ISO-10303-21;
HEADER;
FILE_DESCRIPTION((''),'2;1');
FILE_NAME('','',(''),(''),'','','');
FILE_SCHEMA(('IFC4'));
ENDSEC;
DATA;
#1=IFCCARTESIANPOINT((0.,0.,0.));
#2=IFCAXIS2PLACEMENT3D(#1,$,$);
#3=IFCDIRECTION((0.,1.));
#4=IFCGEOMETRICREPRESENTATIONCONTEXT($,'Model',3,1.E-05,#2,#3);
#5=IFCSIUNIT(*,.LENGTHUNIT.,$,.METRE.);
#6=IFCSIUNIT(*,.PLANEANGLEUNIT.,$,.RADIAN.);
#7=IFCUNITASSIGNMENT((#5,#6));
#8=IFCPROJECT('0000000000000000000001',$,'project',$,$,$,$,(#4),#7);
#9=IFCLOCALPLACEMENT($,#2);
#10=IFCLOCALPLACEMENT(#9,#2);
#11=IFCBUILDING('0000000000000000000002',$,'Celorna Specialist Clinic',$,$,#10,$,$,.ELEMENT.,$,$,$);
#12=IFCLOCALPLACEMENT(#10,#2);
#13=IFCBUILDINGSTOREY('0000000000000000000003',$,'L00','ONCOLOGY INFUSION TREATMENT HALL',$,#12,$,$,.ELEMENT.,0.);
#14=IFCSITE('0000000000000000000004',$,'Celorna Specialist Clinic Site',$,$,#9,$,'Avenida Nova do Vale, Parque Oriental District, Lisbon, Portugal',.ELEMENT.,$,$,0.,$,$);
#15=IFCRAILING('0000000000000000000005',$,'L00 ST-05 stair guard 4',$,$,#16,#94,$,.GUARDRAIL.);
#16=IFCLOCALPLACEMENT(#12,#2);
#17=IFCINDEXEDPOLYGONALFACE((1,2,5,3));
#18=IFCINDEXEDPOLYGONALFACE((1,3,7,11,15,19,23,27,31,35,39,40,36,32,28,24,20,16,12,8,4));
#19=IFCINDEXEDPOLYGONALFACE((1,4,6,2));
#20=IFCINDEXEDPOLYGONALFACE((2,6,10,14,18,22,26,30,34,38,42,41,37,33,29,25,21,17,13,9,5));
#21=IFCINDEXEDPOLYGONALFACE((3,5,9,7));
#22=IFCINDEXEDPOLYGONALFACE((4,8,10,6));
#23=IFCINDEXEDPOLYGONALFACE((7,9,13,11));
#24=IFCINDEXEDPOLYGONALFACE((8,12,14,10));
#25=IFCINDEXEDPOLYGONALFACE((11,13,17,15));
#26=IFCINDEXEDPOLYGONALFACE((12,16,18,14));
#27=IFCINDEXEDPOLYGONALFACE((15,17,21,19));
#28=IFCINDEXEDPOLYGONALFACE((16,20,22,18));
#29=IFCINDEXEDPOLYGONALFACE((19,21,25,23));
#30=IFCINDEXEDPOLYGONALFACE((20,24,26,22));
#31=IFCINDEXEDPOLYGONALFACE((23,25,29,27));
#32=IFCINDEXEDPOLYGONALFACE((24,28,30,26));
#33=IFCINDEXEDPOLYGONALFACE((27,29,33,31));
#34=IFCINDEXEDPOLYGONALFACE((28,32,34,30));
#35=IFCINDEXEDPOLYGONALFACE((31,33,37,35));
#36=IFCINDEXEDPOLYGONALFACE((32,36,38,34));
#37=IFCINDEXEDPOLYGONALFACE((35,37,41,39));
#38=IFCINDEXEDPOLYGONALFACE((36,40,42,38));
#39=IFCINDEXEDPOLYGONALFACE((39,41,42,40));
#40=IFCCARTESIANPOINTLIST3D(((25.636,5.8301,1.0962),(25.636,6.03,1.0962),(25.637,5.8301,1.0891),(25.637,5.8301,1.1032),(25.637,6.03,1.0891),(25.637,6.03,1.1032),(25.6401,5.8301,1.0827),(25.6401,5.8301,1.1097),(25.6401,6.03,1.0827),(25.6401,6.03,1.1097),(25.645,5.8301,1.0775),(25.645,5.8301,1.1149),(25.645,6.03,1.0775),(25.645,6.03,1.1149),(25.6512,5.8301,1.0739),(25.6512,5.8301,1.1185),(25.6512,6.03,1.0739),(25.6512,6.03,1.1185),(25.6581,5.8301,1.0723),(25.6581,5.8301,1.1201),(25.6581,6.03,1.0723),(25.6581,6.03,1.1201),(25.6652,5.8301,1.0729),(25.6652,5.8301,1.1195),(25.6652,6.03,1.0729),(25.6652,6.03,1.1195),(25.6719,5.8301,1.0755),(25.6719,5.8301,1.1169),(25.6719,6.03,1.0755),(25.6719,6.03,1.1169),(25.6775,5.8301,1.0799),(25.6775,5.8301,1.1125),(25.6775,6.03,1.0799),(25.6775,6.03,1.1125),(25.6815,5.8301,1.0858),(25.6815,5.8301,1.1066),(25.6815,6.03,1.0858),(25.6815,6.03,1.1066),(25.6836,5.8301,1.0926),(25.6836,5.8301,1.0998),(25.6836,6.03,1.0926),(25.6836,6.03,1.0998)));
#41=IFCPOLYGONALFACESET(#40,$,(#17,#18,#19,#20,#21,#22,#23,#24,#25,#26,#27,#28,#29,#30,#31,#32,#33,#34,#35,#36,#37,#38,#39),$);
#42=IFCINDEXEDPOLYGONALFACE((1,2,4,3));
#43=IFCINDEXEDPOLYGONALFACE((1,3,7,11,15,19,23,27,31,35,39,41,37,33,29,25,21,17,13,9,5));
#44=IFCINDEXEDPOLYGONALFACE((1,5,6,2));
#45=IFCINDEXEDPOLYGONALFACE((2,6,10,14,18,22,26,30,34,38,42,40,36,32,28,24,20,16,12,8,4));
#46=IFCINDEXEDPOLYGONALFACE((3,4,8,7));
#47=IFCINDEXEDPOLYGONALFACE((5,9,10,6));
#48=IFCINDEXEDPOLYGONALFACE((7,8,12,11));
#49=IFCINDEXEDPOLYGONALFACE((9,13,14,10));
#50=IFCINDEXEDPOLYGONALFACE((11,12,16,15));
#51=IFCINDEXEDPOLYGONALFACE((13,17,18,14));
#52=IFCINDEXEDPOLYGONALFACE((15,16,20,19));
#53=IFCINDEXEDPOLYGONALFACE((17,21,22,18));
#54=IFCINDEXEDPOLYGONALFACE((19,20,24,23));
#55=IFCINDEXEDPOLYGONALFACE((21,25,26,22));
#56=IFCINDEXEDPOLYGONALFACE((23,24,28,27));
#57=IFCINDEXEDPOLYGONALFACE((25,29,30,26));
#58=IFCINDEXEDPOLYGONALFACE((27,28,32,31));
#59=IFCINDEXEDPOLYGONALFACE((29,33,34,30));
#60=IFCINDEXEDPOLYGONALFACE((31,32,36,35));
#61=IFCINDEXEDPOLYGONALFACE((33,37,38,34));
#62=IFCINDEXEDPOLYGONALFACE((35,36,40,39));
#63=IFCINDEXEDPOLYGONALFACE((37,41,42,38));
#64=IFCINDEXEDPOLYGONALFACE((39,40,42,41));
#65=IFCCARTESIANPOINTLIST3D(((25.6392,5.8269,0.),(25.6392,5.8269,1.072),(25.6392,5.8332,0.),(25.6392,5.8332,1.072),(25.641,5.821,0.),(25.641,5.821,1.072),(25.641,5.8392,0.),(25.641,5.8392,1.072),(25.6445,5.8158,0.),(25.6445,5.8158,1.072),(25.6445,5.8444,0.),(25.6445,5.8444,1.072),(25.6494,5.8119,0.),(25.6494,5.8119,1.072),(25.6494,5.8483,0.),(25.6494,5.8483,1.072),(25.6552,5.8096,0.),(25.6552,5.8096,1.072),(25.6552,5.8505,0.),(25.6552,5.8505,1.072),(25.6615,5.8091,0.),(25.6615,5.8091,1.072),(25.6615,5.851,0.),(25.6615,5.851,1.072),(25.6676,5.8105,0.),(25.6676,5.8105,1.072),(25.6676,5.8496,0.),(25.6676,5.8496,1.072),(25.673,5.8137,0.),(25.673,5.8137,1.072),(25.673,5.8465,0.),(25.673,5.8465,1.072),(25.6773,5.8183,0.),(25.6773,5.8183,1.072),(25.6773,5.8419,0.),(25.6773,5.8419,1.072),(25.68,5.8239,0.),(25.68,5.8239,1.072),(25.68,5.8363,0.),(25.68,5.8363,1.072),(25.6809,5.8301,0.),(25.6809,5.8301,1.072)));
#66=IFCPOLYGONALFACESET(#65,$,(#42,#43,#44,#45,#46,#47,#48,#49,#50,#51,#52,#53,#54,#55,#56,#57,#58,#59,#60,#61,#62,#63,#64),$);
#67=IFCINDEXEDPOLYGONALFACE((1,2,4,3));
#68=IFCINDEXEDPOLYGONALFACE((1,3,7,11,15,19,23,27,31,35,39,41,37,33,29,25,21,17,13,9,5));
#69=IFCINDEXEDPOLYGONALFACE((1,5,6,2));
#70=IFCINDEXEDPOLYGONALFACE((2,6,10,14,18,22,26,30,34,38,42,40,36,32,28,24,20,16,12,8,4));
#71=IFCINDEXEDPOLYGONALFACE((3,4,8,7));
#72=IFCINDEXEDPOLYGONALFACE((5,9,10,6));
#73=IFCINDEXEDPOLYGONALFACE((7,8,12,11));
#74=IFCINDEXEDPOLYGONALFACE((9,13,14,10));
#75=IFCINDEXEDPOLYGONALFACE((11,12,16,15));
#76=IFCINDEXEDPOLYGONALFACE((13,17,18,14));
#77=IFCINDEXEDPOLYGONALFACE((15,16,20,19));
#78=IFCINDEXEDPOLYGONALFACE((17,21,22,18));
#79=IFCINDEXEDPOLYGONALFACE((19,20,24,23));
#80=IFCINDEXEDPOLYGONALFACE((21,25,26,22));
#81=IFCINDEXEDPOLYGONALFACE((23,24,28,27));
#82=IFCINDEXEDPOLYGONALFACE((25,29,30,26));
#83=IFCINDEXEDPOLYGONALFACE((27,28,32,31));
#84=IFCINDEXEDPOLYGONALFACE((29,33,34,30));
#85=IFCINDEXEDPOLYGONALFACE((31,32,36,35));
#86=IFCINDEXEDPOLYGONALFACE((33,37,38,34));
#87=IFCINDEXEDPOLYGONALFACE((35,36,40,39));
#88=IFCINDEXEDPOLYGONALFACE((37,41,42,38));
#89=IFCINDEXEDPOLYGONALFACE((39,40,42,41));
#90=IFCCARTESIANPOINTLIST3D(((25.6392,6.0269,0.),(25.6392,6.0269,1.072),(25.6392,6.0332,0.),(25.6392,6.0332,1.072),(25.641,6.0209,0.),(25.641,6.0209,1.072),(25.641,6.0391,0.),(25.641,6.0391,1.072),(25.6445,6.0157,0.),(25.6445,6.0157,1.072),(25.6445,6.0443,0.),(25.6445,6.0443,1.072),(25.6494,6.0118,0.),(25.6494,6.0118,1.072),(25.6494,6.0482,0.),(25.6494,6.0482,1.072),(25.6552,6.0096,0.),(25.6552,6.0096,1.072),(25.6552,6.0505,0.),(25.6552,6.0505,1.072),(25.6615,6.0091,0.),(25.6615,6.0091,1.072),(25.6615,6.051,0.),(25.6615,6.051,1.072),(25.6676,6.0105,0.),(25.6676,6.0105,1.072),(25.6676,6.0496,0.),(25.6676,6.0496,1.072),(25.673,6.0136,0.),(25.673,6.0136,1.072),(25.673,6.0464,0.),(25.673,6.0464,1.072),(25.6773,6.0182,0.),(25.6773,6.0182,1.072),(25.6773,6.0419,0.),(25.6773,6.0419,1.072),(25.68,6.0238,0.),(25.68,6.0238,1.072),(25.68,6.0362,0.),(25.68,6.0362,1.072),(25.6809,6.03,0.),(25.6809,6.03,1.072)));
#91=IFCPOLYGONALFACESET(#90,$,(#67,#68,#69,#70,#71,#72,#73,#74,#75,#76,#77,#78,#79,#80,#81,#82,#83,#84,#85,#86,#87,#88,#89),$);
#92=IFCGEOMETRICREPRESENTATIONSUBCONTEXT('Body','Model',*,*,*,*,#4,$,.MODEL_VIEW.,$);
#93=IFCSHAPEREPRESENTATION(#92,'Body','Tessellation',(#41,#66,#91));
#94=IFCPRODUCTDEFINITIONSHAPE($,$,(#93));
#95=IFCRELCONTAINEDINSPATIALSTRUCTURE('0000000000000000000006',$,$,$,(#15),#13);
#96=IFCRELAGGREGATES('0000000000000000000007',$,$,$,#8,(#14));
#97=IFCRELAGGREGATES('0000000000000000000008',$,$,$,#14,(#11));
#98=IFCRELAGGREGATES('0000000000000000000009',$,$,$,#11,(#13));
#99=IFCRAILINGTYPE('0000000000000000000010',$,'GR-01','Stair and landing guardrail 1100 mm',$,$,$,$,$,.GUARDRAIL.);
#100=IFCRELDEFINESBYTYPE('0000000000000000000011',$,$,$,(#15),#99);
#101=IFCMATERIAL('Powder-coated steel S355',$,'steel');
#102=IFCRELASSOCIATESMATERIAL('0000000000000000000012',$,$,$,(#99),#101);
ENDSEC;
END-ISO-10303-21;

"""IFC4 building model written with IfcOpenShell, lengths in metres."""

from ifc_helpers import new_model, si_unit, direction, frame, origin, origin_2d, place, context, subcontext, project, spatial, circle, extrude, material, type_object, element, save


model = new_model("IFC4")

# Units and contexts
model_context = context("Model", 3, precision=1e-05, world=origin(), true_north=direction((0.0, 1.0)))
body_context = subcontext(model_context, "Body", "Model", "MODEL_VIEW")
ifc_project = project(units=[si_unit("LENGTHUNIT", "METRE"), si_unit("PLANEANGLEUNIT", "RADIAN")], contexts=[model_context])

# Site, building, storey
site_placement = place(None, origin())
site = spatial("IfcSite", under=ifc_project, at=site_placement, Name="Celorna Specialist Clinic Site", LongName="Avenida Nova do Vale, Parque Oriental District, Lisbon, Portugal", CompositionType="ELEMENT", RefElevation=0.0)
building_placement = place(site_placement, origin())
building = spatial("IfcBuilding", under=site, at=building_placement, Name="Celorna Specialist Clinic", CompositionType="ELEMENT")
storey_placement = place(building_placement, origin())
storey = spatial("IfcBuildingStorey", under=building, at=storey_placement, Name="L00", Description="ONCOLOGY INFUSION TREATMENT HALL", CompositionType="ELEMENT", Elevation=0.0)

# Railing
ifc_material_1 = material(Name="Powder-coated steel S355", Category="steel")
railing_type_1 = type_object("IfcRailingType", Name="GR-01", Description="Stair and landing guardrail 1100 mm", PredefinedType="GUARDRAIL", material=ifc_material_1)
railing_1_placement = place(storey_placement, frame((25.6599, 5.8301, 0.0)))
element("IfcRailing", 1, at=railing_1_placement, inside=storey, type_object=railing_type_1, Name="L00 ST-05 stair guard 4", PredefinedType="GUARDRAIL", context=body_context, shape_type="SweptSolid", body=[
    extrude(circle(Radius=0.0239, at=origin_2d()), frame((0.0, 0.0, 1.0962), z_axis=(0.0, 1.0, 0.0), x_axis=(-1.0, 0.0, 0.0)), (0.0, 0.0, 1.0), 0.2),
    extrude(circle(Radius=0.021, at=origin_2d()), origin(), (0.0, 0.0, 1.0), 1.072),
    extrude(circle(Radius=0.021, at=origin_2d()), frame((0.0, 0.2, 0.0)), (0.0, 0.0, 1.0), 1.072),
])

save(model, "model.ifc")
